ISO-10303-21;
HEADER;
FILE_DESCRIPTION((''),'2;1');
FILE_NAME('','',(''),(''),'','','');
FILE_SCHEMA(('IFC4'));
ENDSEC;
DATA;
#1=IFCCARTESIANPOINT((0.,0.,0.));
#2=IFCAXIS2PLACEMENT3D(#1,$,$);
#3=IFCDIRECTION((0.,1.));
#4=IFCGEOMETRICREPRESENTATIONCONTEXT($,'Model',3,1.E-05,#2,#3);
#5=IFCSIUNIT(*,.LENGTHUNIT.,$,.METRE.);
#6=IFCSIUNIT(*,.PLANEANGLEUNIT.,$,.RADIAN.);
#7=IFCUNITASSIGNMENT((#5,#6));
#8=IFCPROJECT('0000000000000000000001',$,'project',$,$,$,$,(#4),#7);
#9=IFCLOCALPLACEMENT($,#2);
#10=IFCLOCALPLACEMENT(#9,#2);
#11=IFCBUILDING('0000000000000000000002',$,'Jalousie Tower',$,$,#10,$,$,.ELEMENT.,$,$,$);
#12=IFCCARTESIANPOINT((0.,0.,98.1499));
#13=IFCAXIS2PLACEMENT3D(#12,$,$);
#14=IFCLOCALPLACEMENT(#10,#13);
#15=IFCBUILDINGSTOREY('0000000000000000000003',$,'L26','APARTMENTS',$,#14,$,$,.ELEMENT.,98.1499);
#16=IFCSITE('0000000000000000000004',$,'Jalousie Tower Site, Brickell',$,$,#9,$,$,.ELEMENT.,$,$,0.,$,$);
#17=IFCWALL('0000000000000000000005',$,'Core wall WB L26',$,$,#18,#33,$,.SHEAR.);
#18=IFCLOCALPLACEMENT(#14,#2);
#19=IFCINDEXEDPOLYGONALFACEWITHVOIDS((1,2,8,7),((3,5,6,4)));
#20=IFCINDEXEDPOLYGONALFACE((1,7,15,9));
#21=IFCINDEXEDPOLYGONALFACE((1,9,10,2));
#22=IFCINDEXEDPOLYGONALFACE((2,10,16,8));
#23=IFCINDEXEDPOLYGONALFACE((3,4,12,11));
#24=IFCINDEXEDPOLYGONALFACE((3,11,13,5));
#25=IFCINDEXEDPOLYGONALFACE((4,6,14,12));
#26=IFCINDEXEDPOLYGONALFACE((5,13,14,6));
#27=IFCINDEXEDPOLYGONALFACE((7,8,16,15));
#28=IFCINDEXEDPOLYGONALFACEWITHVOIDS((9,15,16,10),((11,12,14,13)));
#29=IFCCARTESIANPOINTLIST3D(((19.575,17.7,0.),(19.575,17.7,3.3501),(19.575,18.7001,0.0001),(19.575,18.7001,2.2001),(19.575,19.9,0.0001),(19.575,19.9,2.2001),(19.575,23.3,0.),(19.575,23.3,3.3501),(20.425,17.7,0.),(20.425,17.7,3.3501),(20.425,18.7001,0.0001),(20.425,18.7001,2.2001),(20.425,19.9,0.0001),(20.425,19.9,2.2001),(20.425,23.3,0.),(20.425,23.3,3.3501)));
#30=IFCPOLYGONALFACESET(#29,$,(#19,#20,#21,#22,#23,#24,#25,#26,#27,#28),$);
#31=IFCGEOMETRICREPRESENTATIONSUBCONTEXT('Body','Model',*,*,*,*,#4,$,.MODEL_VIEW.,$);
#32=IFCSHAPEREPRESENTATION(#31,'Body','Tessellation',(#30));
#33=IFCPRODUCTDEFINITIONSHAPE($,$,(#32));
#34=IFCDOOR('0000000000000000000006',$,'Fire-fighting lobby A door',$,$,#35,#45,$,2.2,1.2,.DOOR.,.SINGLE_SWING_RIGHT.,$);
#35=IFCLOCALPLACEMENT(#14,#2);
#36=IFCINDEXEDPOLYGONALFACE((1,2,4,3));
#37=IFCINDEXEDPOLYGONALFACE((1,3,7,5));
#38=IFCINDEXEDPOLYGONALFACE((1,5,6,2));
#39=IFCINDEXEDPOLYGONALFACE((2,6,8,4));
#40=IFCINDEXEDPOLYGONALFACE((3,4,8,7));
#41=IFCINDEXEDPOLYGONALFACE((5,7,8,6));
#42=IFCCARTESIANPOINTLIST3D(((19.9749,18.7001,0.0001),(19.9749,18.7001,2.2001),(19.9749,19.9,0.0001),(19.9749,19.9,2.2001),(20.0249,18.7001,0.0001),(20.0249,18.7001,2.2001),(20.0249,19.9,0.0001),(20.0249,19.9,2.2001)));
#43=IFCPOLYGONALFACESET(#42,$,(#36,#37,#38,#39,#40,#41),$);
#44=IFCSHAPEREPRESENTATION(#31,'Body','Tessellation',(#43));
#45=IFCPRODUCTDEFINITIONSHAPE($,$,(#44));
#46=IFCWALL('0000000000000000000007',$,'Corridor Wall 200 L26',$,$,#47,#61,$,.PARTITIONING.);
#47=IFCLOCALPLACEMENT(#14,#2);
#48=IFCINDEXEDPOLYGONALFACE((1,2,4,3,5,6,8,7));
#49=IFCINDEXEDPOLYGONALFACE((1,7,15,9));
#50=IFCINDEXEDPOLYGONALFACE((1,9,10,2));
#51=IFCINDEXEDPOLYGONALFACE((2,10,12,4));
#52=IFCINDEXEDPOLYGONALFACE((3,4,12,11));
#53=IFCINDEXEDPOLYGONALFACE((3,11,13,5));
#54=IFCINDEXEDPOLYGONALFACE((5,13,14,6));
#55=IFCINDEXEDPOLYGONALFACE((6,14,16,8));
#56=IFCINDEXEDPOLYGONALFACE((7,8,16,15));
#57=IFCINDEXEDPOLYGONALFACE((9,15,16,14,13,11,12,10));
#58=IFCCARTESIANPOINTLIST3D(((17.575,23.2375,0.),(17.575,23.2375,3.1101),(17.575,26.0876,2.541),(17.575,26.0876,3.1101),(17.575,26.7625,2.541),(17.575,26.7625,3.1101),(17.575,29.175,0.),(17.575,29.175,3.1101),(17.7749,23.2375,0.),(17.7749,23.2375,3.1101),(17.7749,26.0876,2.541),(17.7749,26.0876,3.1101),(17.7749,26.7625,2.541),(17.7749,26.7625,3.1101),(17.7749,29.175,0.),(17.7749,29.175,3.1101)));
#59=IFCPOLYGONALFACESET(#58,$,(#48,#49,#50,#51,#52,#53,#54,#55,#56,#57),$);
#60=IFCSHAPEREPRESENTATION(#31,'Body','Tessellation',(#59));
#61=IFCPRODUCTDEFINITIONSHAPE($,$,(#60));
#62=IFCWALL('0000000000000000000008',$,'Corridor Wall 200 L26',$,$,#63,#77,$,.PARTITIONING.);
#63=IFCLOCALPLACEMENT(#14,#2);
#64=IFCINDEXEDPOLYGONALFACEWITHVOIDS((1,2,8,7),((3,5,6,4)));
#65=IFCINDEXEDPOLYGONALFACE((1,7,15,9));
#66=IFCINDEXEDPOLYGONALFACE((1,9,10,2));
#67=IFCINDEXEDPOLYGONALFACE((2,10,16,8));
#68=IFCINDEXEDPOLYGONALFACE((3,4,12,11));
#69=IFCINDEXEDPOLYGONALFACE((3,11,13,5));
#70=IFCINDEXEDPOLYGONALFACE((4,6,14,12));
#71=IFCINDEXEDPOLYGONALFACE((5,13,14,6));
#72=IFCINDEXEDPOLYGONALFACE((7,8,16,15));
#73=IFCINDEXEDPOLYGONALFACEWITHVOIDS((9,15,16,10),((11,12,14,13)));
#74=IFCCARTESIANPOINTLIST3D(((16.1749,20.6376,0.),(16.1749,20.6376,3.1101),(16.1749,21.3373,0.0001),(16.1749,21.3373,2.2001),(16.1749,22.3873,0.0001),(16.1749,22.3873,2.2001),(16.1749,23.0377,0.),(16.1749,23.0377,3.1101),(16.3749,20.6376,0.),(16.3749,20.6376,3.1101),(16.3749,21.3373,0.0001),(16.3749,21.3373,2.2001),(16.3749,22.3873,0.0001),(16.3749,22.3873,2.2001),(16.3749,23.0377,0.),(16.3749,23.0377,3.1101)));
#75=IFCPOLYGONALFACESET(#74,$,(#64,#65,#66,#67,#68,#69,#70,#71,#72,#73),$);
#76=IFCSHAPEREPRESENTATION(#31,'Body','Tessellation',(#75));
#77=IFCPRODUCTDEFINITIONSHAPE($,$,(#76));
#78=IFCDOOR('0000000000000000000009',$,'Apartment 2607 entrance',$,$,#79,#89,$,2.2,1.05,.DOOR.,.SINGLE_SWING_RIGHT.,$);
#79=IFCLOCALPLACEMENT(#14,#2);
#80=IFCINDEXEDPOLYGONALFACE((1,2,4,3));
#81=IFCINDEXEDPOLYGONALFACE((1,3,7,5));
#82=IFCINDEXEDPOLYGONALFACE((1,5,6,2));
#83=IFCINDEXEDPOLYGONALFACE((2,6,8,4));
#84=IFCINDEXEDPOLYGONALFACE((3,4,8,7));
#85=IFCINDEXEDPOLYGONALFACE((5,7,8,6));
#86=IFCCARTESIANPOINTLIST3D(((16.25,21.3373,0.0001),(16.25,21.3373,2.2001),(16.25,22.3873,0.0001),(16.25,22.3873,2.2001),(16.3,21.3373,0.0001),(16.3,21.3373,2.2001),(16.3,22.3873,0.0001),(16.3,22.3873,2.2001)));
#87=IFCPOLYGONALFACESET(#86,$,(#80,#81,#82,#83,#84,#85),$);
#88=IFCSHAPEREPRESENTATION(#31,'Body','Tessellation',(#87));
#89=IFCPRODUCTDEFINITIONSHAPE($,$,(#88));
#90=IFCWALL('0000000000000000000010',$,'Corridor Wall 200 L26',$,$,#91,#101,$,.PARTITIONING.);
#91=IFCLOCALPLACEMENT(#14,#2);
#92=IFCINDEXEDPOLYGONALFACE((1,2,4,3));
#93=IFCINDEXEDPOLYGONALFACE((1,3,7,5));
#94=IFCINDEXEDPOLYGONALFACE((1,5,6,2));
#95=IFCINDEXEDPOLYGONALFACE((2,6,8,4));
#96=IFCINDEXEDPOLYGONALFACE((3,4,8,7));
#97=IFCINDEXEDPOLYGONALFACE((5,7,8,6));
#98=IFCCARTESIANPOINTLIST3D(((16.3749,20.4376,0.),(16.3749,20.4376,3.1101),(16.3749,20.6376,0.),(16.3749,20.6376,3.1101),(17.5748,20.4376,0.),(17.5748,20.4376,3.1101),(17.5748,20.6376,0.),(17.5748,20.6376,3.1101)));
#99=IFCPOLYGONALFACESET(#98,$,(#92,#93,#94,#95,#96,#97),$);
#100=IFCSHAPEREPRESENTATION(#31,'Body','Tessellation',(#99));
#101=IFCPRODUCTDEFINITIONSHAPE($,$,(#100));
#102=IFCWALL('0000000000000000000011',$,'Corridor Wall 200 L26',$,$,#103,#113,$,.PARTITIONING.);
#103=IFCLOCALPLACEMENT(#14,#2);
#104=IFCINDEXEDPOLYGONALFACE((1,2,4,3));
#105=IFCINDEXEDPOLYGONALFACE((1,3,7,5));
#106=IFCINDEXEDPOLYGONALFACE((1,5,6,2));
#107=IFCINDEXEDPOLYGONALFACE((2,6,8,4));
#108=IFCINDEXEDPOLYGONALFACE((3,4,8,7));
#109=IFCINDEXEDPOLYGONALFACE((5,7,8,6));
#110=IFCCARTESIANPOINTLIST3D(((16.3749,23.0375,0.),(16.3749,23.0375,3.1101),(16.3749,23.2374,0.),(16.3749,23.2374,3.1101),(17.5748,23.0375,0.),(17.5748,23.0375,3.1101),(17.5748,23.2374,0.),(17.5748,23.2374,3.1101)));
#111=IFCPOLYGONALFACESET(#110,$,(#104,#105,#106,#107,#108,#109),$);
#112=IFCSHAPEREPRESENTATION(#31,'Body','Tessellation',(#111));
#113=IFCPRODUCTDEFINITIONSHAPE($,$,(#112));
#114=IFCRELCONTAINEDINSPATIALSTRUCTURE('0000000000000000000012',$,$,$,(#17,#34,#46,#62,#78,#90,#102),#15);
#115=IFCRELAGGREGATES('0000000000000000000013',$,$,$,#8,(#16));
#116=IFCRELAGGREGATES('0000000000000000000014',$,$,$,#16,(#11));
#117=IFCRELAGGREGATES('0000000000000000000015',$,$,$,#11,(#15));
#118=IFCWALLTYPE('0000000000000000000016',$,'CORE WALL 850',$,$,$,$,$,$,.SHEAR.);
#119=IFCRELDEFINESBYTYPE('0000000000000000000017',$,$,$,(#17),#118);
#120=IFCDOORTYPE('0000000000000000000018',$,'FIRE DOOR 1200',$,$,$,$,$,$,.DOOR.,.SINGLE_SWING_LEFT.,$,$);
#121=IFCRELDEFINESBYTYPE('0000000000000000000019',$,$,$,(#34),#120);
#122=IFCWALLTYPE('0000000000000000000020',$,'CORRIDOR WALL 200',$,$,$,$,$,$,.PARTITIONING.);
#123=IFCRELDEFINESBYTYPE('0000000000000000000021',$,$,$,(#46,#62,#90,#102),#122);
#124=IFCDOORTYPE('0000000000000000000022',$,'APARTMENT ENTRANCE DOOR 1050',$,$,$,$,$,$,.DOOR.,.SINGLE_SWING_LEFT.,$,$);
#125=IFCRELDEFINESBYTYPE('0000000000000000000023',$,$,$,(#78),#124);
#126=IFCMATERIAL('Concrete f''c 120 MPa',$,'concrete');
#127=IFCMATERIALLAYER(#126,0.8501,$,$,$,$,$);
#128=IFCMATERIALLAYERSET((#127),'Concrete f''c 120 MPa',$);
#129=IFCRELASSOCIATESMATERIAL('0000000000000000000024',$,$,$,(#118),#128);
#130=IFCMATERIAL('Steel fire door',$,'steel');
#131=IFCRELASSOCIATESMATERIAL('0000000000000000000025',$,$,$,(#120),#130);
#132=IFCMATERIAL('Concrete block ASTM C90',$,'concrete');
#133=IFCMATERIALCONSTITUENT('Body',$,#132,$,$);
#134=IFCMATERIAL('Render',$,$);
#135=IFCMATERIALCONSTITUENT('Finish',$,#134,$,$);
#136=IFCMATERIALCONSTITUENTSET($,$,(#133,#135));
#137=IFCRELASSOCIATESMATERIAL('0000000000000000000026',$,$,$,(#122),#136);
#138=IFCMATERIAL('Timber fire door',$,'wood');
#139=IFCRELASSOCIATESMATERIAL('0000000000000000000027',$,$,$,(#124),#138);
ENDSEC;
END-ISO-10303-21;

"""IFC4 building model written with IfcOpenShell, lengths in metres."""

from ifc_helpers import new_model, si_unit, direction, frame, frame_2d, origin, place, context, subcontext, project, spatial, polyline, rectangle, outline, extrude, material, layer, layer_set, constituent, constituent_set, type_object, element, fill, save


model = new_model("IFC4")

# Units and contexts
model_context = context("Model", 3, precision=1e-05, world=origin(), true_north=direction((0.0, 1.0)))
body_context = subcontext(model_context, "Body", "Model", "MODEL_VIEW")
ifc_project = project(units=[si_unit("LENGTHUNIT", "METRE"), si_unit("PLANEANGLEUNIT", "RADIAN")], contexts=[model_context])

# Site, building, storey
site_placement = place(None, origin())
site = spatial("IfcSite", under=ifc_project, at=site_placement, Name="Jalousie Tower Site, Brickell", CompositionType="ELEMENT", RefElevation=0.0)
building_placement = place(site_placement, origin())
building = spatial("IfcBuilding", under=site, at=building_placement, Name="Jalousie Tower", CompositionType="ELEMENT")
storey_placement = place(building_placement, frame((0.0, 0.0, 98.1499)))
storey = spatial("IfcBuildingStorey", under=building, at=storey_placement, Name="L26", Description="APARTMENTS", CompositionType="ELEMENT", Elevation=98.1499)

# Wall, opening, door
ifc_material_1 = material(Name="Concrete f'c 120 MPa", Category="concrete")
ifc_layer_1 = layer(ifc_material_1, 0.8501)
ifc_layer_set_1 = layer_set([ifc_layer_1], Name="Concrete f'c 120 MPa")
wall_type_1 = type_object("IfcWallType", Name="CORE WALL 850", PredefinedType="SHEAR", material=ifc_layer_set_1)
wall_1_placement = place(storey_placement, frame((20.0, 23.3, 0.0), z_axis=(0.0, 0.0, 1.0), x_axis=(0.0, -1.0, 0.0)))
wall_1 = element("IfcWall", 1, at=wall_1_placement, inside=storey, type_object=wall_type_1, Name="Core wall WB L26", PredefinedType="SHEAR", context=body_context, shape_type="SweptSolid", body=[
    extrude(rectangle(XDim=5.6001, YDim=0.8501, at=frame_2d((2.8, 0.0))), origin(), (0.0, 0.0, 1.0), 3.3501),
])
opening_1_placement = place(wall_1_placement, frame((3.3999, 0.0, 0.0)))
opening_1 = element("IfcOpeningElement", 2, at=opening_1_placement, cuts=wall_1, PredefinedType="OPENING", context=body_context, shape_type="SweptSolid", body=[
    extrude(rectangle(XDim=1.2, YDim=2.2, at=frame_2d((0.6001, 1.1001))), frame((0.0, 0.4351, 0.0), z_axis=(0.0, -1.0, 0.0), x_axis=(1.0, 0.0, 0.0)), (0.0, 0.0, 1.0), 0.8701),
])
ifc_material_2 = material(Name="Steel fire door", Category="steel")
door_type_1 = type_object("IfcDoorType", Name="FIRE DOOR 1200", OperationType="SINGLE_SWING_LEFT", PredefinedType="DOOR", material=ifc_material_2)
door_1_placement = place(opening_1_placement, origin())
door_1 = element("IfcDoor", 3, at=door_1_placement, inside=storey, type_object=door_type_1, Name="Fire-fighting lobby A door", OperationType="SINGLE_SWING_RIGHT", OverallHeight=2.2, OverallWidth=1.2, PredefinedType="DOOR", context=body_context, shape_type="SweptSolid", body=[
    extrude(rectangle(XDim=1.2, YDim=2.2, at=frame_2d((0.6001, 1.1001))), frame((0.0, 0.0249, 0.0), z_axis=(0.0, -1.0, 0.0), x_axis=(1.0, 0.0, 0.0)), (0.0, 0.0, 1.0), 0.05),
])
fill(opening_1, door_1)

# Wall
ifc_material_3 = material(Name="Concrete block ASTM C90", Category="concrete")
ifc_constituent_1 = constituent(ifc_material_3, Name="Body")
ifc_material_4 = material(Name="Render")
ifc_constituent_2 = constituent(ifc_material_4, Name="Finish")
ifc_constituent_set = constituent_set(constituents=[ifc_constituent_1, ifc_constituent_2])
wall_type_2 = type_object("IfcWallType", Name="CORRIDOR WALL 200", PredefinedType="PARTITIONING", material=ifc_constituent_set)
wall_2_placement = place(storey_placement, frame((17.675, 23.2375, 0.0), z_axis=(0.0, 0.0, 1.0), x_axis=(0.0, 1.0, 0.0)))
element("IfcWall", 4, at=wall_2_placement, inside=storey, type_object=wall_type_2, Name="Corridor Wall 200 L26", PredefinedType="PARTITIONING", context=body_context, shape_type="SweptSolid", body=[
    extrude(outline(polyline([(0.0, 0.0), (5.9375, 0.0), (5.9375, 3.1101), (3.5249, 3.1101), (3.5249, 2.541), (2.8501, 2.541), (2.8501, 3.1101), (0.0, 3.1101), (0.0, 0.0)])), frame((0.0, 0.1001, 0.0), z_axis=(0.0, -1.0, 0.0), x_axis=(1.0, 0.0, 0.0)), (0.0, 0.0, 1.0), 0.2),
])

# Wall, opening, door
wall_3_placement = place(storey_placement, frame((16.2749, 20.6375, 0.0), z_axis=(0.0, 0.0, 1.0), x_axis=(0.0, 1.0, 0.0)))
wall_3 = element("IfcWall", 5, at=wall_3_placement, inside=storey, type_object=wall_type_2, Name="Corridor Wall 200 L26", PredefinedType="PARTITIONING", context=body_context, shape_type="SweptSolid", body=[
    extrude(rectangle(XDim=2.4001, YDim=0.2, at=frame_2d((1.2002, 0.0))), origin(), (0.0, 0.0, 1.0), 3.1101),
])
opening_2_placement = place(wall_3_placement, frame((0.7, 0.0, 0.0)))
opening_2 = element("IfcOpeningElement", 6, at=opening_2_placement, cuts=wall_3, PredefinedType="OPENING", context=body_context, shape_type="SweptSolid", body=[
    extrude(rectangle(XDim=1.05, YDim=2.2, at=frame_2d((0.5249, 1.1001))), frame((0.0, 0.1099, 0.0), z_axis=(0.0, -1.0, 0.0), x_axis=(1.0, 0.0, 0.0)), (0.0, 0.0, 1.0), 0.22),
])
ifc_material_5 = material(Name="Timber fire door", Category="wood")
door_type_2 = type_object("IfcDoorType", Name="APARTMENT ENTRANCE DOOR 1050", OperationType="SINGLE_SWING_LEFT", PredefinedType="DOOR", material=ifc_material_5)
door_2_placement = place(opening_2_placement, origin())
door_2 = element("IfcDoor", 7, at=door_2_placement, inside=storey, type_object=door_type_2, Name="Apartment 2607 entrance", OperationType="SINGLE_SWING_RIGHT", OverallHeight=2.2, OverallWidth=1.05, PredefinedType="DOOR", context=body_context, shape_type="SweptSolid", body=[
    extrude(rectangle(XDim=1.05, YDim=2.2, at=frame_2d((0.5249, 1.1001))), frame((0.0, 0.0249, 0.0), z_axis=(0.0, -1.0, 0.0), x_axis=(1.0, 0.0, 0.0)), (0.0, 0.0, 1.0), 0.05),
])
fill(opening_2, door_2)

# Walls
for number, where, z_axis, x_axis, name in (
    (8, (17.575, 20.5376, 0.0), (0.0, 0.0, 1.0), (-1.0, 0.0, 0.0), "Corridor Wall 200 L26"),
    (9, (17.575, 23.1375, 0.0), (0.0, 0.0, 1.0), (-1.0, 0.0, 0.0), "Corridor Wall 200 L26"),
):
    element("IfcWall", number, at=place(storey_placement, frame(where, z_axis=z_axis, x_axis=x_axis)), inside=storey, type_object=wall_type_2, Name=name, PredefinedType="PARTITIONING", context=body_context, shape_type="SweptSolid", body=[
        extrude(rectangle(XDim=1.2, YDim=0.2, at=frame_2d((0.6001, 0.0))), origin(), (0.0, 0.0, 1.0), 3.1101),
    ])

save(model, "model.ifc")
